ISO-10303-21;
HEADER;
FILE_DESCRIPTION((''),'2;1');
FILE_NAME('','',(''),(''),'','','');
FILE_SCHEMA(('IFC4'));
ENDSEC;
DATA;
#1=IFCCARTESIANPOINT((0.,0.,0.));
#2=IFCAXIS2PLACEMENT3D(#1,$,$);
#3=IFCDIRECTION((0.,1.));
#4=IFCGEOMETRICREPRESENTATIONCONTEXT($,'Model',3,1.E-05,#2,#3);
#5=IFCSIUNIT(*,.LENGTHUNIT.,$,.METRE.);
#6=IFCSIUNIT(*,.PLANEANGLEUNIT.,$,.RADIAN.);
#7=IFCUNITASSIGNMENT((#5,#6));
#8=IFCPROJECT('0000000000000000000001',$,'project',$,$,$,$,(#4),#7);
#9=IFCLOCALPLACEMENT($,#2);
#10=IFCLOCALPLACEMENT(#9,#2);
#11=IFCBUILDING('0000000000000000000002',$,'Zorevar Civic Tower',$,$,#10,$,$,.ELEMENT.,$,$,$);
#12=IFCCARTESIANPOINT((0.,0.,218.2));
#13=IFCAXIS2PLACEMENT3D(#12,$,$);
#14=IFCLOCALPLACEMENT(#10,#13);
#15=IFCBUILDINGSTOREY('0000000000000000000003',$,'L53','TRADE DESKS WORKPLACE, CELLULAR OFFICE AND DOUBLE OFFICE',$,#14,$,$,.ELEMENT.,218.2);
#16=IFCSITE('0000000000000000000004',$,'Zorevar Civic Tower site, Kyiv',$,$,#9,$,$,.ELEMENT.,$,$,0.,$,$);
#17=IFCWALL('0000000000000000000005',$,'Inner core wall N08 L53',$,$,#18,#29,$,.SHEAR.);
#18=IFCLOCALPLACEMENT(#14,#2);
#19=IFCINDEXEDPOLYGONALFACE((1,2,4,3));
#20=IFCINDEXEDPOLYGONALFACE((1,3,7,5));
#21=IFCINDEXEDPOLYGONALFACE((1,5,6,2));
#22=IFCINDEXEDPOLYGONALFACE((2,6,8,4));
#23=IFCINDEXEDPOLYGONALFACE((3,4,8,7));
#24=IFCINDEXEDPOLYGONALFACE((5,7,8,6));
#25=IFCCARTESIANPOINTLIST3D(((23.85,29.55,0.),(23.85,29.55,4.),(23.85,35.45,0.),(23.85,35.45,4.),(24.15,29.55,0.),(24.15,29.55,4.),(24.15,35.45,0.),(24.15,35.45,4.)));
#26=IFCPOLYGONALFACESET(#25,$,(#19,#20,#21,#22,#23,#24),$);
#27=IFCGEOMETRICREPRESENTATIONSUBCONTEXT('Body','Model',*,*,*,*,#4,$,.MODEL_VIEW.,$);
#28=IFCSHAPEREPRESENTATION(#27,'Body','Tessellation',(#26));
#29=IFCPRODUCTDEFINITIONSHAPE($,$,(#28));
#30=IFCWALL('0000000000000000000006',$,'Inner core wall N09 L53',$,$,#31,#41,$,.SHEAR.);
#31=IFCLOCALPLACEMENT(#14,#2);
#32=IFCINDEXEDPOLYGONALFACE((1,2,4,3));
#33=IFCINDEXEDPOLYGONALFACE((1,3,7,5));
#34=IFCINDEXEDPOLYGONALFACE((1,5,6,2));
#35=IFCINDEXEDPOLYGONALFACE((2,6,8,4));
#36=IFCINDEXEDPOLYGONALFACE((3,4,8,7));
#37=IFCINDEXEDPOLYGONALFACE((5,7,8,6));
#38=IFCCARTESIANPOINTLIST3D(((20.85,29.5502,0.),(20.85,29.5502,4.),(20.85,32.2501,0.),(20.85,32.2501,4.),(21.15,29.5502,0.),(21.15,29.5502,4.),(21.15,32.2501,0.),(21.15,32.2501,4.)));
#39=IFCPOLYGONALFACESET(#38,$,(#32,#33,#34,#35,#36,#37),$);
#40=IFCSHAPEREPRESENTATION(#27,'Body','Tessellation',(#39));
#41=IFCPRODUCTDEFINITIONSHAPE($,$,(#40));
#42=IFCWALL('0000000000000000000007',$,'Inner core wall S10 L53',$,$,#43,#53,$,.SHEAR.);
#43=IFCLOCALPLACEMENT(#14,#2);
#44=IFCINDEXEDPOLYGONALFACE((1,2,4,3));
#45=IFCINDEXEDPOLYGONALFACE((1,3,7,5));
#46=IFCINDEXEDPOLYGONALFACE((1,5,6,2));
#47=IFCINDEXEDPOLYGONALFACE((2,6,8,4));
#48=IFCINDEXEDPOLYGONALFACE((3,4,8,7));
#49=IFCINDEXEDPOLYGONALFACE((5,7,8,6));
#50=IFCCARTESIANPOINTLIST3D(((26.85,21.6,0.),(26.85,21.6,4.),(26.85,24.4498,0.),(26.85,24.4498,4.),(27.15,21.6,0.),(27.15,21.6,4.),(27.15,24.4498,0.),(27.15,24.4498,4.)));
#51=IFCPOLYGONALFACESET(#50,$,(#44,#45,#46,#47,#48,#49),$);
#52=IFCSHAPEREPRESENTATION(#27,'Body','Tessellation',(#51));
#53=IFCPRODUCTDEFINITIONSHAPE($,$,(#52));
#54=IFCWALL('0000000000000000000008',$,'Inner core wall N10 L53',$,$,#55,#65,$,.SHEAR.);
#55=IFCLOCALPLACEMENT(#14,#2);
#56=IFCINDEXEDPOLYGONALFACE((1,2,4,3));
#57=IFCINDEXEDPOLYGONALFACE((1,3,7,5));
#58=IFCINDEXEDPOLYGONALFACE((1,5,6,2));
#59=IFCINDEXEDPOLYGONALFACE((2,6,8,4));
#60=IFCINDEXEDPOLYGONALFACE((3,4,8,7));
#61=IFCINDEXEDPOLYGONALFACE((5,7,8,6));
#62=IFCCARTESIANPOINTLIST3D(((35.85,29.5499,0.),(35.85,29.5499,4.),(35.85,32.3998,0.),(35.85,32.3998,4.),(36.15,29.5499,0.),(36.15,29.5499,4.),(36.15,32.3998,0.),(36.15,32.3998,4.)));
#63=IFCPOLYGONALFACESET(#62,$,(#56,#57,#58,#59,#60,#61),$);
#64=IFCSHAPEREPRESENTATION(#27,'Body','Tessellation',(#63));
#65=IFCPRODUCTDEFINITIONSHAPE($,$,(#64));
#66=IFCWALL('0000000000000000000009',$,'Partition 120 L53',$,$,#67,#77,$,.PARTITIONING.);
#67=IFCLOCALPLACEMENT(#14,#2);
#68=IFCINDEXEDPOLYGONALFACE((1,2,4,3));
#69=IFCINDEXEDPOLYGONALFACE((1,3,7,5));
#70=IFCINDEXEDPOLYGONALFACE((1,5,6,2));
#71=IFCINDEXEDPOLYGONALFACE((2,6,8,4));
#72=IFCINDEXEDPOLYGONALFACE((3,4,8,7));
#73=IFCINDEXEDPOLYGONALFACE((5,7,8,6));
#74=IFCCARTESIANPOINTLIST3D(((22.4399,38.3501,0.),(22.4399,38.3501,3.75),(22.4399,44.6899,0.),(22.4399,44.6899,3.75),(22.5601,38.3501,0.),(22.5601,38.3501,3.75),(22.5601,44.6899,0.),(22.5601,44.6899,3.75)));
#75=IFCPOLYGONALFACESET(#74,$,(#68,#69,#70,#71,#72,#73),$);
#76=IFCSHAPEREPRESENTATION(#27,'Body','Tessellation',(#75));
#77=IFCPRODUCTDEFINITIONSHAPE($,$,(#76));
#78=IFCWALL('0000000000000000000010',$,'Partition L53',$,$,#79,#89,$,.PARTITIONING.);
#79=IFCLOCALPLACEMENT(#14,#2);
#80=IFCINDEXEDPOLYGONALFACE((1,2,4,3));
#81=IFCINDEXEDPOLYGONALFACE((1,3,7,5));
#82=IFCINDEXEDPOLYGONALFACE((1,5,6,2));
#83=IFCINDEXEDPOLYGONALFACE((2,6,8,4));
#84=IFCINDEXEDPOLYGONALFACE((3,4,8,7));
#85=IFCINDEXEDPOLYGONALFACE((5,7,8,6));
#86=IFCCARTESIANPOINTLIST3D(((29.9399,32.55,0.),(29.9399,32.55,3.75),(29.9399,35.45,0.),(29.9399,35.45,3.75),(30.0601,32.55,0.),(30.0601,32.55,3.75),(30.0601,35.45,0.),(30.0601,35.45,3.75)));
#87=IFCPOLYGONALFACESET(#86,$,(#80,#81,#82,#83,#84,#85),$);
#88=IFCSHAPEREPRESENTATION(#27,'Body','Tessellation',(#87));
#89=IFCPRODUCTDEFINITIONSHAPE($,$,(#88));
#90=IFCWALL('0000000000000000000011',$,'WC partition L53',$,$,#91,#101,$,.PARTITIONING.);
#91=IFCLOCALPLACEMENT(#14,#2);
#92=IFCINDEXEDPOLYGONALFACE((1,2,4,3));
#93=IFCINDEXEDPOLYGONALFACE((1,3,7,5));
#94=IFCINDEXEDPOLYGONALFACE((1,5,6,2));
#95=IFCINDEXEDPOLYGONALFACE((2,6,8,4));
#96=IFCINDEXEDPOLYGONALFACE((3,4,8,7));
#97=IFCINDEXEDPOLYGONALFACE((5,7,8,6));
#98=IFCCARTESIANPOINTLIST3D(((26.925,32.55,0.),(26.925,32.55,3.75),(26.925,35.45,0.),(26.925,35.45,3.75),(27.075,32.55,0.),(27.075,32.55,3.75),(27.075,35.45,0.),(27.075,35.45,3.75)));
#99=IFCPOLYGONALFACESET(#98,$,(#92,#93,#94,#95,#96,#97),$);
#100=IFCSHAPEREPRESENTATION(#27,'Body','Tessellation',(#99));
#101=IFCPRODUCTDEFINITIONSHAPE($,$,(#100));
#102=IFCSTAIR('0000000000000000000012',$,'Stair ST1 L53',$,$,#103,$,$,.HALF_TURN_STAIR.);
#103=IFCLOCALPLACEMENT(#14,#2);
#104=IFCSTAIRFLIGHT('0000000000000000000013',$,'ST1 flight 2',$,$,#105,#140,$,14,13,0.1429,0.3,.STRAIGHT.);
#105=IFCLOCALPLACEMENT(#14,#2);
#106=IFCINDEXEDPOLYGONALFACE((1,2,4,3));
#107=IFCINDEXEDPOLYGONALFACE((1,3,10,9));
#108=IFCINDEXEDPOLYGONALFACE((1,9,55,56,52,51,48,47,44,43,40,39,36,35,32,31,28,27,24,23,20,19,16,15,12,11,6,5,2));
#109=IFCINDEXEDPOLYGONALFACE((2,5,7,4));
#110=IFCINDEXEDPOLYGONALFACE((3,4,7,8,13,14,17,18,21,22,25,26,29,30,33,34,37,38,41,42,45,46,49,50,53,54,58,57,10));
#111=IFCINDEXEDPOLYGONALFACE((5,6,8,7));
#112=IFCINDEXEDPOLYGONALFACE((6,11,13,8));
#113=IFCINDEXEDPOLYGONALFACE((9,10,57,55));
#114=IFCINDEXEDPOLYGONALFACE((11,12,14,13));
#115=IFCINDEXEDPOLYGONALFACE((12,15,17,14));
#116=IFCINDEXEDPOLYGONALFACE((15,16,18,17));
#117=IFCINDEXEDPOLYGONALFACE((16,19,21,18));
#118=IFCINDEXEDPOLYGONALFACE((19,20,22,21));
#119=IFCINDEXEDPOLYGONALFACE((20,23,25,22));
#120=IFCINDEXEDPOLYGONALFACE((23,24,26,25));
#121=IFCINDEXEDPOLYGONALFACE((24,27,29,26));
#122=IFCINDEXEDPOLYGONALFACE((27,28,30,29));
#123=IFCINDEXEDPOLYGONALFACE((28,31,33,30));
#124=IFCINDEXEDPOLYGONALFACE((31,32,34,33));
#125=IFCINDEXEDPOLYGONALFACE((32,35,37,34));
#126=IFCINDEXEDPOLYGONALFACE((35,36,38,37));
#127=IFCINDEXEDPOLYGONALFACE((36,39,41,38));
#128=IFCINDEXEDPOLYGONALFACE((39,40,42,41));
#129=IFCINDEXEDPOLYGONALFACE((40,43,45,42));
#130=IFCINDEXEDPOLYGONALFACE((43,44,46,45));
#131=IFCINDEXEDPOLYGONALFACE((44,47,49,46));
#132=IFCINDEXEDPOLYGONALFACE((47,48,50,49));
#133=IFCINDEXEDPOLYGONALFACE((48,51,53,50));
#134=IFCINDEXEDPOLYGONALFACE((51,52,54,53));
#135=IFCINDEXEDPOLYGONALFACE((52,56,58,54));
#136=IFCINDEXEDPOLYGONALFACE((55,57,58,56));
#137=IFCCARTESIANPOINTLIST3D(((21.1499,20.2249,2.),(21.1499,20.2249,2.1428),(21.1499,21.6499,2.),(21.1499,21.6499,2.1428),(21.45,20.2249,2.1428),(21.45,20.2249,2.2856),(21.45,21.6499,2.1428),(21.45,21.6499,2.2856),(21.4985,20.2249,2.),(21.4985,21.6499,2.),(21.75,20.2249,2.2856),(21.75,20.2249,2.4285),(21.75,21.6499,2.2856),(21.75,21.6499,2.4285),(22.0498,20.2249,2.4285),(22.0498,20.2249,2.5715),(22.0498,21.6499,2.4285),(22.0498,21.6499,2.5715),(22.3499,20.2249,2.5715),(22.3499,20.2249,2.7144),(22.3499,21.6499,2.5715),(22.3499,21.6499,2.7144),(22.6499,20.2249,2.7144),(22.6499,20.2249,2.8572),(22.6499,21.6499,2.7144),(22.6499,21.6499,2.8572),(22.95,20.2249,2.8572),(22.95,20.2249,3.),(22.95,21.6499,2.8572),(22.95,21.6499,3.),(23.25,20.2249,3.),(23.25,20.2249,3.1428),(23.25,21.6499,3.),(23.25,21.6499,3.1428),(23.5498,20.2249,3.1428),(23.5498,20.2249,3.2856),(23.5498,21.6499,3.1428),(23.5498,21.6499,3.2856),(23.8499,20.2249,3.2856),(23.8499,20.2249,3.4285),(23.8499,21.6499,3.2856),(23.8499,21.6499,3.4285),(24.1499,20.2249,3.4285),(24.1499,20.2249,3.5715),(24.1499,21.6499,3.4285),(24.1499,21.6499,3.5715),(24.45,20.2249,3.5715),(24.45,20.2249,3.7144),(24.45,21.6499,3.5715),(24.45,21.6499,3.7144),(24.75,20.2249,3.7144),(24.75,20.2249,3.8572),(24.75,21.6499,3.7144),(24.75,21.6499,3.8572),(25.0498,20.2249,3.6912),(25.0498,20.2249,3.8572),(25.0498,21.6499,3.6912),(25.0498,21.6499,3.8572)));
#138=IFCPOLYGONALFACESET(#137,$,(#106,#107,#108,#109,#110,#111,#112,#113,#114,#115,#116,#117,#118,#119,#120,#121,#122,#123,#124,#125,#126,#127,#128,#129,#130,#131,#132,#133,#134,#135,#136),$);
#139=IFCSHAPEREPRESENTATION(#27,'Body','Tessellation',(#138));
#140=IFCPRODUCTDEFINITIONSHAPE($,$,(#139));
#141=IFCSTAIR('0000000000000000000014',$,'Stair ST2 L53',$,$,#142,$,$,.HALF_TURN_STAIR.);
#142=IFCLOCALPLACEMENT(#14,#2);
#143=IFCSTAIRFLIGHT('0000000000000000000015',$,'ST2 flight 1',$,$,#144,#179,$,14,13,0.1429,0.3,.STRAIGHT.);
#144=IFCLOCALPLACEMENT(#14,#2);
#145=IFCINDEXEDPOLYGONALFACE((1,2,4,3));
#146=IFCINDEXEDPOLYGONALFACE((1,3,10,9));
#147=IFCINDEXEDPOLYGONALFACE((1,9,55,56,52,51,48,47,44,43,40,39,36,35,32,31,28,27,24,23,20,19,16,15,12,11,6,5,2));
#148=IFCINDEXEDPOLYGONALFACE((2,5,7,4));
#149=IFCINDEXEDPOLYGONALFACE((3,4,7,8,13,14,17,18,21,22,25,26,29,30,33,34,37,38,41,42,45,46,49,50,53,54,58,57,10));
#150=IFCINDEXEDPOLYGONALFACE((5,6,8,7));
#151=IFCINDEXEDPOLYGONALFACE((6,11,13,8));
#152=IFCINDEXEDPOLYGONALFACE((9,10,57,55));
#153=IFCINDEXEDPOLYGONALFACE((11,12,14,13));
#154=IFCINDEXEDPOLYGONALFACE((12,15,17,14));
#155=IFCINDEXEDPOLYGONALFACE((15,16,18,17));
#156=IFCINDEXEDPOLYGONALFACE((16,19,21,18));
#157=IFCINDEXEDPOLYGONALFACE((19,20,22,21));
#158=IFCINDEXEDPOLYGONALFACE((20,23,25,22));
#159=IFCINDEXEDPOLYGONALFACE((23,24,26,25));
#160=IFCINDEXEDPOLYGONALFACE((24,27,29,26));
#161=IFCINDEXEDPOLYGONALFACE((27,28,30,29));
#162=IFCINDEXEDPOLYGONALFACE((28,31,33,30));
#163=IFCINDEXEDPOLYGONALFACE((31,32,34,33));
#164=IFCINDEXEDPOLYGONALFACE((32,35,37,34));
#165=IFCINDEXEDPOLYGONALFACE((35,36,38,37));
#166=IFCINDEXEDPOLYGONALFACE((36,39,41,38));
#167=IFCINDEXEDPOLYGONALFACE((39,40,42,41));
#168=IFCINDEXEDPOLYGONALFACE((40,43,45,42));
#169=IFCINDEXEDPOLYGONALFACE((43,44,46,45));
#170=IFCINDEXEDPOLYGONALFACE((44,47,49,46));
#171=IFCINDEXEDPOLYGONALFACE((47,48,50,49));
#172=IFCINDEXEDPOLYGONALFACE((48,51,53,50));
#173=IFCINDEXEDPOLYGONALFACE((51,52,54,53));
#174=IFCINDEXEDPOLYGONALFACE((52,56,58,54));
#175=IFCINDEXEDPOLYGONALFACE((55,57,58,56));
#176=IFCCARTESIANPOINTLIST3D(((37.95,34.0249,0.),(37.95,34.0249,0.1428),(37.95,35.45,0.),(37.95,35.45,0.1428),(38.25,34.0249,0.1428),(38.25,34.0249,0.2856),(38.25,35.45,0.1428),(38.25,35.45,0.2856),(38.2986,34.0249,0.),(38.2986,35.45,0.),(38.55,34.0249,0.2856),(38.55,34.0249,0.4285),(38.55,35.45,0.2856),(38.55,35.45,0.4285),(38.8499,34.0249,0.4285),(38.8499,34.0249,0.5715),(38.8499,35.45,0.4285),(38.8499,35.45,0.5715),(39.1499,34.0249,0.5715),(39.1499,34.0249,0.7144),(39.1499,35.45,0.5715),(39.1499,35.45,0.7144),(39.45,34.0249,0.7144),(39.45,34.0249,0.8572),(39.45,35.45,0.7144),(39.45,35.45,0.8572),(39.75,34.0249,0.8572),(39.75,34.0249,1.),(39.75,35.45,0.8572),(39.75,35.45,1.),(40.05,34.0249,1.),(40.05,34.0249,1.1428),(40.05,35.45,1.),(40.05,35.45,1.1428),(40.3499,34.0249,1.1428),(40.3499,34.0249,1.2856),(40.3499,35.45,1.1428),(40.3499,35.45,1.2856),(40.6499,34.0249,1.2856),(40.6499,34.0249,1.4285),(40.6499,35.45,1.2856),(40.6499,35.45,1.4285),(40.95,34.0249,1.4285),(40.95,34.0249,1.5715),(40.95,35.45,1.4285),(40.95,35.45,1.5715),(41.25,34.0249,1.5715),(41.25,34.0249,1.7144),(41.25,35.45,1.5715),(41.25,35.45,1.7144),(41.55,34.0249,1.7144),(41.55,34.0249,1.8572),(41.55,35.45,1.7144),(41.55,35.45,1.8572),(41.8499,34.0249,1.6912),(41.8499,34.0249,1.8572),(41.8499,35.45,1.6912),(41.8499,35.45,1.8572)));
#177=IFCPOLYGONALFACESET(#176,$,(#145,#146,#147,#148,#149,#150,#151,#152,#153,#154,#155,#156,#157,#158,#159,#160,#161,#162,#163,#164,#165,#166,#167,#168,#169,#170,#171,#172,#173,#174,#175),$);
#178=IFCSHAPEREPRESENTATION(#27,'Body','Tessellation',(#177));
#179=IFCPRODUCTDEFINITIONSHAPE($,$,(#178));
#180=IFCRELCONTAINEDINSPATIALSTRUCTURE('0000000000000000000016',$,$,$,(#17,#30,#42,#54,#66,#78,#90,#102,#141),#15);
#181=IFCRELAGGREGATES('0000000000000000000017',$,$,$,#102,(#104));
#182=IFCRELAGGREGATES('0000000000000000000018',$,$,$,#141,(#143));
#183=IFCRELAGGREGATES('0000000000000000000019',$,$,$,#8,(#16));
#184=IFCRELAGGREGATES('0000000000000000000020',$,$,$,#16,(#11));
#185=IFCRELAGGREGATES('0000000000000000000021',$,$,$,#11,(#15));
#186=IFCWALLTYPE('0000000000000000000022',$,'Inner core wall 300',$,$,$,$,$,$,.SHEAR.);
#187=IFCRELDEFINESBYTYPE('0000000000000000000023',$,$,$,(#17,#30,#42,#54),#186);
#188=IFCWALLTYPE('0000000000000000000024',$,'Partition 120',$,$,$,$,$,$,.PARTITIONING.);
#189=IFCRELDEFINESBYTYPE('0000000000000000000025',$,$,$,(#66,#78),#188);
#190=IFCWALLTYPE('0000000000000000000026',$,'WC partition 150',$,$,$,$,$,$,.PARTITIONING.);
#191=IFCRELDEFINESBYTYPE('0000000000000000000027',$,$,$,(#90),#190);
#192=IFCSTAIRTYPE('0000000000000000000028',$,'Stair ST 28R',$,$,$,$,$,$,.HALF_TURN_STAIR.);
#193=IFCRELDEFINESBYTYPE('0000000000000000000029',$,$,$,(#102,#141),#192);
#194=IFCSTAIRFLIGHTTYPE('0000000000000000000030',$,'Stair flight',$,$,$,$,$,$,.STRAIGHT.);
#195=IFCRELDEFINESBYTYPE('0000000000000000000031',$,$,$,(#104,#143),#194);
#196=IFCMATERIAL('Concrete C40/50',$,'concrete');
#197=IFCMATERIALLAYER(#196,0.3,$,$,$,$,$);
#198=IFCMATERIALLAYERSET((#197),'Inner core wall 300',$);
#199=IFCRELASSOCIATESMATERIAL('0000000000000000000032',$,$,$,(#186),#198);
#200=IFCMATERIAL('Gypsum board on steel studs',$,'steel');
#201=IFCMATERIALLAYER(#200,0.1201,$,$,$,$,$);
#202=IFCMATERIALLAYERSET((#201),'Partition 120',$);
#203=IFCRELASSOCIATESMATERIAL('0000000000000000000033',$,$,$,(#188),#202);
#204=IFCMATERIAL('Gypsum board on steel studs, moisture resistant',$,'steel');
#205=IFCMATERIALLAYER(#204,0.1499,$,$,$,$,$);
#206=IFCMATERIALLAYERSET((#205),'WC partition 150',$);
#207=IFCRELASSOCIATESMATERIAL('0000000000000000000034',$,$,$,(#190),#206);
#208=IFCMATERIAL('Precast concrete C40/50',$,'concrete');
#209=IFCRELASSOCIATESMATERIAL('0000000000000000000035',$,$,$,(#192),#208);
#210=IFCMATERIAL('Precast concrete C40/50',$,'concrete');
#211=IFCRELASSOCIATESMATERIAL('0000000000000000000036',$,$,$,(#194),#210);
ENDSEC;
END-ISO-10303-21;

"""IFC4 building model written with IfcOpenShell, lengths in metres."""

from ifc_helpers import new_model, si_unit, direction, frame, frame_2d, origin, place, context, subcontext, project, spatial, polyline, rectangle, outline, extrude, material, layer, layer_set, type_object, element, aggregate, save


model = new_model("IFC4")

# Units and contexts
model_context = context("Model", 3, precision=1e-05, world=origin(), true_north=direction((0.0, 1.0)))
body_context = subcontext(model_context, "Body", "Model", "MODEL_VIEW")
ifc_project = project(units=[si_unit("LENGTHUNIT", "METRE"), si_unit("PLANEANGLEUNIT", "RADIAN")], contexts=[model_context])

# Site, building, storey
site_placement = place(None, origin())
site = spatial("IfcSite", under=ifc_project, at=site_placement, Name="Zorevar Civic Tower site, Kyiv", CompositionType="ELEMENT", RefElevation=0.0)
building_placement = place(site_placement, origin())
building = spatial("IfcBuilding", under=site, at=building_placement, Name="Zorevar Civic Tower", CompositionType="ELEMENT")
storey_placement = place(building_placement, frame((0.0, 0.0, 218.2)))
storey = spatial("IfcBuildingStorey", under=building, at=storey_placement, Name="L53", Description="TRADE DESKS WORKPLACE, CELLULAR OFFICE AND DOUBLE OFFICE", CompositionType="ELEMENT", Elevation=218.2)

# Shared definitions
ifc_material_1 = material(Name="Concrete C40/50", Category="concrete")
ifc_layer_1 = layer(ifc_material_1, 0.3)
ifc_layer_set_1 = layer_set([ifc_layer_1], Name="Inner core wall 300")
wall_type_1 = type_object("IfcWallType", Name="Inner core wall 300", PredefinedType="SHEAR", material=ifc_layer_set_1)

# Walls
wall_1_placement = place(storey_placement, frame((24.0, 29.55, 0.0), z_axis=(0.0, 0.0, 1.0), x_axis=(0.0, 1.0, 0.0)))
element("IfcWall", 1, at=wall_1_placement, inside=storey, type_object=wall_type_1, Name="Inner core wall N08 L53", PredefinedType="SHEAR", context=body_context, shape_type="SweptSolid", body=[
    extrude(rectangle(XDim=5.8999, YDim=0.3, at=frame_2d((2.95, 0.0))), origin(), (0.0, 0.0, 1.0), 4.0),
])
wall_2_placement = place(storey_placement, frame((21.0, 29.55, 0.0), z_axis=(0.0, 0.0, 1.0), x_axis=(0.0, 1.0, 0.0)))
element("IfcWall", 2, at=wall_2_placement, inside=storey, type_object=wall_type_1, Name="Inner core wall N09 L53", PredefinedType="SHEAR", context=body_context, shape_type="SweptSolid", body=[
    extrude(rectangle(XDim=2.7, YDim=0.3, at=frame_2d((1.3501, 0.0))), origin(), (0.0, 0.0, 1.0), 4.0),
])
for number, where, z_axis, x_axis, name in (
    (3, (27.0, 21.6001, 0.0), (0.0, 0.0, 1.0), (0.0, 1.0, 0.0), "Inner core wall S10 L53"),
    (4, (36.0, 29.55, 0.0), (0.0, 0.0, 1.0), (0.0, 1.0, 0.0), "Inner core wall N10 L53"),
):
    element("IfcWall", number, at=place(storey_placement, frame(where, z_axis=z_axis, x_axis=x_axis)), inside=storey, type_object=wall_type_1, Name=name, PredefinedType="SHEAR", context=body_context, shape_type="SweptSolid", body=[
        extrude(rectangle(XDim=2.8499, YDim=0.3, at=frame_2d((1.4248, 0.0))), origin(), (0.0, 0.0, 1.0), 4.0),
    ])
ifc_material_2 = material(Name="Gypsum board on steel studs", Category="steel")
ifc_layer_2 = layer(ifc_material_2, 0.1201)
ifc_layer_set_2 = layer_set([ifc_layer_2], Name="Partition 120")
wall_type_2 = type_object("IfcWallType", Name="Partition 120", PredefinedType="PARTITIONING", material=ifc_layer_set_2)
wall_3_placement = place(storey_placement, frame((22.5, 38.3501, 0.0), z_axis=(0.0, 0.0, 1.0), x_axis=(0.0, 1.0, 0.0)))
element("IfcWall", 5, at=wall_3_placement, inside=storey, type_object=wall_type_2, Name="Partition 120 L53", PredefinedType="PARTITIONING", context=body_context, shape_type="SweptSolid", body=[
    extrude(rectangle(XDim=6.3398, YDim=0.1201, at=frame_2d((3.1699, 0.0))), origin(), (0.0, 0.0, 1.0), 3.75),
])
wall_4_placement = place(storey_placement, frame((30.0, 32.55, 0.0), z_axis=(0.0, 0.0, 1.0), x_axis=(0.0, 1.0, 0.0)))
element("IfcWall", 6, at=wall_4_placement, inside=storey, type_object=wall_type_2, Name="Partition L53", PredefinedType="PARTITIONING", context=body_context, shape_type="SweptSolid", body=[
    extrude(rectangle(XDim=2.8999, YDim=0.1201, at=frame_2d((1.45, 0.0))), origin(), (0.0, 0.0, 1.0), 3.75),
])
ifc_material_3 = material(Name="Gypsum board on steel studs, moisture resistant", Category="steel")
ifc_layer_3 = layer(ifc_material_3, 0.1499)
ifc_layer_set_3 = layer_set([ifc_layer_3], Name="WC partition 150")
wall_type_3 = type_object("IfcWallType", Name="WC partition 150", PredefinedType="PARTITIONING", material=ifc_layer_set_3)
wall_5_placement = place(storey_placement, frame((27.0, 32.55, 0.0), z_axis=(0.0, 0.0, 1.0), x_axis=(0.0, 1.0, 0.0)))
element("IfcWall", 7, at=wall_5_placement, inside=storey, type_object=wall_type_3, Name="WC partition L53", PredefinedType="PARTITIONING", context=body_context, shape_type="SweptSolid", body=[
    extrude(rectangle(XDim=2.8999, YDim=0.1499, at=frame_2d((1.45, 0.0))), origin(), (0.0, 0.0, 1.0), 3.75),
])

# Stairs, stair flights
ifc_material_4 = material(Name="Precast concrete C40/50", Category="concrete")
stair_type = type_object("IfcStairType", Name="Stair ST 28R", PredefinedType="HALF_TURN_STAIR", material=ifc_material_4)
stair_1_placement = place(storey_placement, origin())
stair_1 = element("IfcStair", 8, at=stair_1_placement, inside=storey, type_object=stair_type, Name="Stair ST1 L53", PredefinedType="HALF_TURN_STAIR")
ifc_material_5 = material(Name="Precast concrete C40/50", Category="concrete")
stair_flight_type = type_object("IfcStairFlightType", Name="Stair flight", PredefinedType="STRAIGHT", material=ifc_material_5)
stair_flight_1_placement = place(storey_placement, frame((21.1499, 20.9375, 2.0), z_axis=(0.0, 0.0, 1.0), x_axis=(1.0, 0.0, 0.0)))
stair_flight_1 = element("IfcStairFlight", 9, at=stair_flight_1_placement, type_object=stair_flight_type, Name="ST1 flight 2", NumberOfRisers=14, NumberOfTreads=13, PredefinedType="STRAIGHT", RiserHeight=0.1429, TreadLength=0.3, context=body_context, shape_type="SweptSolid", body=[
    extrude(outline(polyline([(0.0, 0.0), (0.0, 0.1428), (0.3, 0.1428), (0.3, 0.2856), (0.6001, 0.2856), (0.6001, 0.4285), (0.8999, 0.4285), (0.8999, 0.5715), (1.2, 0.5715), (1.2, 0.7144), (1.5, 0.7144), (1.5, 0.8572), (1.8, 0.8572), (1.8, 1.0), (2.1001, 1.0), (2.1001, 1.1428), (2.3999, 1.1428), (2.3999, 1.2856), (2.7, 1.2856), (2.7, 1.4285), (3.0, 1.4285), (3.0, 1.5715), (3.3, 1.5715), (3.3, 1.7144), (3.6001, 1.7144), (3.6001, 1.8572), (3.8999, 1.8572), (3.8999, 2.0), (3.8999, 1.6912), (0.3486, 0.0), (0.0, 0.0)])), frame((0.0, 0.7124, 0.0), z_axis=(0.0, -1.0, 0.0), x_axis=(1.0, 0.0, 0.0)), (0.0, 0.0, 1.0), 1.425),
])
aggregate(stair_1, [stair_flight_1])
stair_2_placement = place(storey_placement, origin())
stair_2 = element("IfcStair", 10, at=stair_2_placement, inside=storey, type_object=stair_type, Name="Stair ST2 L53", PredefinedType="HALF_TURN_STAIR")
stair_flight_2_placement = place(storey_placement, frame((37.95, 34.7375, 0.0), z_axis=(0.0, 0.0, 1.0), x_axis=(1.0, 0.0, 0.0)))
stair_flight_2 = element("IfcStairFlight", 11, at=stair_flight_2_placement, type_object=stair_flight_type, Name="ST2 flight 1", NumberOfRisers=14, NumberOfTreads=13, PredefinedType="STRAIGHT", RiserHeight=0.1429, TreadLength=0.3, context=body_context, shape_type="SweptSolid", body=[
    extrude(outline(polyline([(0.0, 0.0), (0.0, 0.1428), (0.3, 0.1428), (0.3, 0.2856), (0.6001, 0.2856), (0.6001, 0.4285), (0.8999, 0.4285), (0.8999, 0.5715), (1.2, 0.5715), (1.2, 0.7144), (1.5, 0.7144), (1.5, 0.8572), (1.8, 0.8572), (1.8, 1.0), (2.1001, 1.0), (2.1001, 1.1428), (2.3999, 1.1428), (2.3999, 1.2856), (2.7, 1.2856), (2.7, 1.4285), (3.0, 1.4285), (3.0, 1.5715), (3.3, 1.5715), (3.3, 1.7144), (3.6001, 1.7144), (3.6001, 1.8572), (3.8999, 1.8572), (3.8999, 2.0), (3.8999, 1.6912), (0.3486, 0.0), (0.0, 0.0)])), frame((0.0, 0.7124, 0.0), z_axis=(0.0, -1.0, 0.0), x_axis=(1.0, 0.0, 0.0)), (0.0, 0.0, 1.0), 1.425),
])
aggregate(stair_2, [stair_flight_2])

save(model, "model.ifc")
